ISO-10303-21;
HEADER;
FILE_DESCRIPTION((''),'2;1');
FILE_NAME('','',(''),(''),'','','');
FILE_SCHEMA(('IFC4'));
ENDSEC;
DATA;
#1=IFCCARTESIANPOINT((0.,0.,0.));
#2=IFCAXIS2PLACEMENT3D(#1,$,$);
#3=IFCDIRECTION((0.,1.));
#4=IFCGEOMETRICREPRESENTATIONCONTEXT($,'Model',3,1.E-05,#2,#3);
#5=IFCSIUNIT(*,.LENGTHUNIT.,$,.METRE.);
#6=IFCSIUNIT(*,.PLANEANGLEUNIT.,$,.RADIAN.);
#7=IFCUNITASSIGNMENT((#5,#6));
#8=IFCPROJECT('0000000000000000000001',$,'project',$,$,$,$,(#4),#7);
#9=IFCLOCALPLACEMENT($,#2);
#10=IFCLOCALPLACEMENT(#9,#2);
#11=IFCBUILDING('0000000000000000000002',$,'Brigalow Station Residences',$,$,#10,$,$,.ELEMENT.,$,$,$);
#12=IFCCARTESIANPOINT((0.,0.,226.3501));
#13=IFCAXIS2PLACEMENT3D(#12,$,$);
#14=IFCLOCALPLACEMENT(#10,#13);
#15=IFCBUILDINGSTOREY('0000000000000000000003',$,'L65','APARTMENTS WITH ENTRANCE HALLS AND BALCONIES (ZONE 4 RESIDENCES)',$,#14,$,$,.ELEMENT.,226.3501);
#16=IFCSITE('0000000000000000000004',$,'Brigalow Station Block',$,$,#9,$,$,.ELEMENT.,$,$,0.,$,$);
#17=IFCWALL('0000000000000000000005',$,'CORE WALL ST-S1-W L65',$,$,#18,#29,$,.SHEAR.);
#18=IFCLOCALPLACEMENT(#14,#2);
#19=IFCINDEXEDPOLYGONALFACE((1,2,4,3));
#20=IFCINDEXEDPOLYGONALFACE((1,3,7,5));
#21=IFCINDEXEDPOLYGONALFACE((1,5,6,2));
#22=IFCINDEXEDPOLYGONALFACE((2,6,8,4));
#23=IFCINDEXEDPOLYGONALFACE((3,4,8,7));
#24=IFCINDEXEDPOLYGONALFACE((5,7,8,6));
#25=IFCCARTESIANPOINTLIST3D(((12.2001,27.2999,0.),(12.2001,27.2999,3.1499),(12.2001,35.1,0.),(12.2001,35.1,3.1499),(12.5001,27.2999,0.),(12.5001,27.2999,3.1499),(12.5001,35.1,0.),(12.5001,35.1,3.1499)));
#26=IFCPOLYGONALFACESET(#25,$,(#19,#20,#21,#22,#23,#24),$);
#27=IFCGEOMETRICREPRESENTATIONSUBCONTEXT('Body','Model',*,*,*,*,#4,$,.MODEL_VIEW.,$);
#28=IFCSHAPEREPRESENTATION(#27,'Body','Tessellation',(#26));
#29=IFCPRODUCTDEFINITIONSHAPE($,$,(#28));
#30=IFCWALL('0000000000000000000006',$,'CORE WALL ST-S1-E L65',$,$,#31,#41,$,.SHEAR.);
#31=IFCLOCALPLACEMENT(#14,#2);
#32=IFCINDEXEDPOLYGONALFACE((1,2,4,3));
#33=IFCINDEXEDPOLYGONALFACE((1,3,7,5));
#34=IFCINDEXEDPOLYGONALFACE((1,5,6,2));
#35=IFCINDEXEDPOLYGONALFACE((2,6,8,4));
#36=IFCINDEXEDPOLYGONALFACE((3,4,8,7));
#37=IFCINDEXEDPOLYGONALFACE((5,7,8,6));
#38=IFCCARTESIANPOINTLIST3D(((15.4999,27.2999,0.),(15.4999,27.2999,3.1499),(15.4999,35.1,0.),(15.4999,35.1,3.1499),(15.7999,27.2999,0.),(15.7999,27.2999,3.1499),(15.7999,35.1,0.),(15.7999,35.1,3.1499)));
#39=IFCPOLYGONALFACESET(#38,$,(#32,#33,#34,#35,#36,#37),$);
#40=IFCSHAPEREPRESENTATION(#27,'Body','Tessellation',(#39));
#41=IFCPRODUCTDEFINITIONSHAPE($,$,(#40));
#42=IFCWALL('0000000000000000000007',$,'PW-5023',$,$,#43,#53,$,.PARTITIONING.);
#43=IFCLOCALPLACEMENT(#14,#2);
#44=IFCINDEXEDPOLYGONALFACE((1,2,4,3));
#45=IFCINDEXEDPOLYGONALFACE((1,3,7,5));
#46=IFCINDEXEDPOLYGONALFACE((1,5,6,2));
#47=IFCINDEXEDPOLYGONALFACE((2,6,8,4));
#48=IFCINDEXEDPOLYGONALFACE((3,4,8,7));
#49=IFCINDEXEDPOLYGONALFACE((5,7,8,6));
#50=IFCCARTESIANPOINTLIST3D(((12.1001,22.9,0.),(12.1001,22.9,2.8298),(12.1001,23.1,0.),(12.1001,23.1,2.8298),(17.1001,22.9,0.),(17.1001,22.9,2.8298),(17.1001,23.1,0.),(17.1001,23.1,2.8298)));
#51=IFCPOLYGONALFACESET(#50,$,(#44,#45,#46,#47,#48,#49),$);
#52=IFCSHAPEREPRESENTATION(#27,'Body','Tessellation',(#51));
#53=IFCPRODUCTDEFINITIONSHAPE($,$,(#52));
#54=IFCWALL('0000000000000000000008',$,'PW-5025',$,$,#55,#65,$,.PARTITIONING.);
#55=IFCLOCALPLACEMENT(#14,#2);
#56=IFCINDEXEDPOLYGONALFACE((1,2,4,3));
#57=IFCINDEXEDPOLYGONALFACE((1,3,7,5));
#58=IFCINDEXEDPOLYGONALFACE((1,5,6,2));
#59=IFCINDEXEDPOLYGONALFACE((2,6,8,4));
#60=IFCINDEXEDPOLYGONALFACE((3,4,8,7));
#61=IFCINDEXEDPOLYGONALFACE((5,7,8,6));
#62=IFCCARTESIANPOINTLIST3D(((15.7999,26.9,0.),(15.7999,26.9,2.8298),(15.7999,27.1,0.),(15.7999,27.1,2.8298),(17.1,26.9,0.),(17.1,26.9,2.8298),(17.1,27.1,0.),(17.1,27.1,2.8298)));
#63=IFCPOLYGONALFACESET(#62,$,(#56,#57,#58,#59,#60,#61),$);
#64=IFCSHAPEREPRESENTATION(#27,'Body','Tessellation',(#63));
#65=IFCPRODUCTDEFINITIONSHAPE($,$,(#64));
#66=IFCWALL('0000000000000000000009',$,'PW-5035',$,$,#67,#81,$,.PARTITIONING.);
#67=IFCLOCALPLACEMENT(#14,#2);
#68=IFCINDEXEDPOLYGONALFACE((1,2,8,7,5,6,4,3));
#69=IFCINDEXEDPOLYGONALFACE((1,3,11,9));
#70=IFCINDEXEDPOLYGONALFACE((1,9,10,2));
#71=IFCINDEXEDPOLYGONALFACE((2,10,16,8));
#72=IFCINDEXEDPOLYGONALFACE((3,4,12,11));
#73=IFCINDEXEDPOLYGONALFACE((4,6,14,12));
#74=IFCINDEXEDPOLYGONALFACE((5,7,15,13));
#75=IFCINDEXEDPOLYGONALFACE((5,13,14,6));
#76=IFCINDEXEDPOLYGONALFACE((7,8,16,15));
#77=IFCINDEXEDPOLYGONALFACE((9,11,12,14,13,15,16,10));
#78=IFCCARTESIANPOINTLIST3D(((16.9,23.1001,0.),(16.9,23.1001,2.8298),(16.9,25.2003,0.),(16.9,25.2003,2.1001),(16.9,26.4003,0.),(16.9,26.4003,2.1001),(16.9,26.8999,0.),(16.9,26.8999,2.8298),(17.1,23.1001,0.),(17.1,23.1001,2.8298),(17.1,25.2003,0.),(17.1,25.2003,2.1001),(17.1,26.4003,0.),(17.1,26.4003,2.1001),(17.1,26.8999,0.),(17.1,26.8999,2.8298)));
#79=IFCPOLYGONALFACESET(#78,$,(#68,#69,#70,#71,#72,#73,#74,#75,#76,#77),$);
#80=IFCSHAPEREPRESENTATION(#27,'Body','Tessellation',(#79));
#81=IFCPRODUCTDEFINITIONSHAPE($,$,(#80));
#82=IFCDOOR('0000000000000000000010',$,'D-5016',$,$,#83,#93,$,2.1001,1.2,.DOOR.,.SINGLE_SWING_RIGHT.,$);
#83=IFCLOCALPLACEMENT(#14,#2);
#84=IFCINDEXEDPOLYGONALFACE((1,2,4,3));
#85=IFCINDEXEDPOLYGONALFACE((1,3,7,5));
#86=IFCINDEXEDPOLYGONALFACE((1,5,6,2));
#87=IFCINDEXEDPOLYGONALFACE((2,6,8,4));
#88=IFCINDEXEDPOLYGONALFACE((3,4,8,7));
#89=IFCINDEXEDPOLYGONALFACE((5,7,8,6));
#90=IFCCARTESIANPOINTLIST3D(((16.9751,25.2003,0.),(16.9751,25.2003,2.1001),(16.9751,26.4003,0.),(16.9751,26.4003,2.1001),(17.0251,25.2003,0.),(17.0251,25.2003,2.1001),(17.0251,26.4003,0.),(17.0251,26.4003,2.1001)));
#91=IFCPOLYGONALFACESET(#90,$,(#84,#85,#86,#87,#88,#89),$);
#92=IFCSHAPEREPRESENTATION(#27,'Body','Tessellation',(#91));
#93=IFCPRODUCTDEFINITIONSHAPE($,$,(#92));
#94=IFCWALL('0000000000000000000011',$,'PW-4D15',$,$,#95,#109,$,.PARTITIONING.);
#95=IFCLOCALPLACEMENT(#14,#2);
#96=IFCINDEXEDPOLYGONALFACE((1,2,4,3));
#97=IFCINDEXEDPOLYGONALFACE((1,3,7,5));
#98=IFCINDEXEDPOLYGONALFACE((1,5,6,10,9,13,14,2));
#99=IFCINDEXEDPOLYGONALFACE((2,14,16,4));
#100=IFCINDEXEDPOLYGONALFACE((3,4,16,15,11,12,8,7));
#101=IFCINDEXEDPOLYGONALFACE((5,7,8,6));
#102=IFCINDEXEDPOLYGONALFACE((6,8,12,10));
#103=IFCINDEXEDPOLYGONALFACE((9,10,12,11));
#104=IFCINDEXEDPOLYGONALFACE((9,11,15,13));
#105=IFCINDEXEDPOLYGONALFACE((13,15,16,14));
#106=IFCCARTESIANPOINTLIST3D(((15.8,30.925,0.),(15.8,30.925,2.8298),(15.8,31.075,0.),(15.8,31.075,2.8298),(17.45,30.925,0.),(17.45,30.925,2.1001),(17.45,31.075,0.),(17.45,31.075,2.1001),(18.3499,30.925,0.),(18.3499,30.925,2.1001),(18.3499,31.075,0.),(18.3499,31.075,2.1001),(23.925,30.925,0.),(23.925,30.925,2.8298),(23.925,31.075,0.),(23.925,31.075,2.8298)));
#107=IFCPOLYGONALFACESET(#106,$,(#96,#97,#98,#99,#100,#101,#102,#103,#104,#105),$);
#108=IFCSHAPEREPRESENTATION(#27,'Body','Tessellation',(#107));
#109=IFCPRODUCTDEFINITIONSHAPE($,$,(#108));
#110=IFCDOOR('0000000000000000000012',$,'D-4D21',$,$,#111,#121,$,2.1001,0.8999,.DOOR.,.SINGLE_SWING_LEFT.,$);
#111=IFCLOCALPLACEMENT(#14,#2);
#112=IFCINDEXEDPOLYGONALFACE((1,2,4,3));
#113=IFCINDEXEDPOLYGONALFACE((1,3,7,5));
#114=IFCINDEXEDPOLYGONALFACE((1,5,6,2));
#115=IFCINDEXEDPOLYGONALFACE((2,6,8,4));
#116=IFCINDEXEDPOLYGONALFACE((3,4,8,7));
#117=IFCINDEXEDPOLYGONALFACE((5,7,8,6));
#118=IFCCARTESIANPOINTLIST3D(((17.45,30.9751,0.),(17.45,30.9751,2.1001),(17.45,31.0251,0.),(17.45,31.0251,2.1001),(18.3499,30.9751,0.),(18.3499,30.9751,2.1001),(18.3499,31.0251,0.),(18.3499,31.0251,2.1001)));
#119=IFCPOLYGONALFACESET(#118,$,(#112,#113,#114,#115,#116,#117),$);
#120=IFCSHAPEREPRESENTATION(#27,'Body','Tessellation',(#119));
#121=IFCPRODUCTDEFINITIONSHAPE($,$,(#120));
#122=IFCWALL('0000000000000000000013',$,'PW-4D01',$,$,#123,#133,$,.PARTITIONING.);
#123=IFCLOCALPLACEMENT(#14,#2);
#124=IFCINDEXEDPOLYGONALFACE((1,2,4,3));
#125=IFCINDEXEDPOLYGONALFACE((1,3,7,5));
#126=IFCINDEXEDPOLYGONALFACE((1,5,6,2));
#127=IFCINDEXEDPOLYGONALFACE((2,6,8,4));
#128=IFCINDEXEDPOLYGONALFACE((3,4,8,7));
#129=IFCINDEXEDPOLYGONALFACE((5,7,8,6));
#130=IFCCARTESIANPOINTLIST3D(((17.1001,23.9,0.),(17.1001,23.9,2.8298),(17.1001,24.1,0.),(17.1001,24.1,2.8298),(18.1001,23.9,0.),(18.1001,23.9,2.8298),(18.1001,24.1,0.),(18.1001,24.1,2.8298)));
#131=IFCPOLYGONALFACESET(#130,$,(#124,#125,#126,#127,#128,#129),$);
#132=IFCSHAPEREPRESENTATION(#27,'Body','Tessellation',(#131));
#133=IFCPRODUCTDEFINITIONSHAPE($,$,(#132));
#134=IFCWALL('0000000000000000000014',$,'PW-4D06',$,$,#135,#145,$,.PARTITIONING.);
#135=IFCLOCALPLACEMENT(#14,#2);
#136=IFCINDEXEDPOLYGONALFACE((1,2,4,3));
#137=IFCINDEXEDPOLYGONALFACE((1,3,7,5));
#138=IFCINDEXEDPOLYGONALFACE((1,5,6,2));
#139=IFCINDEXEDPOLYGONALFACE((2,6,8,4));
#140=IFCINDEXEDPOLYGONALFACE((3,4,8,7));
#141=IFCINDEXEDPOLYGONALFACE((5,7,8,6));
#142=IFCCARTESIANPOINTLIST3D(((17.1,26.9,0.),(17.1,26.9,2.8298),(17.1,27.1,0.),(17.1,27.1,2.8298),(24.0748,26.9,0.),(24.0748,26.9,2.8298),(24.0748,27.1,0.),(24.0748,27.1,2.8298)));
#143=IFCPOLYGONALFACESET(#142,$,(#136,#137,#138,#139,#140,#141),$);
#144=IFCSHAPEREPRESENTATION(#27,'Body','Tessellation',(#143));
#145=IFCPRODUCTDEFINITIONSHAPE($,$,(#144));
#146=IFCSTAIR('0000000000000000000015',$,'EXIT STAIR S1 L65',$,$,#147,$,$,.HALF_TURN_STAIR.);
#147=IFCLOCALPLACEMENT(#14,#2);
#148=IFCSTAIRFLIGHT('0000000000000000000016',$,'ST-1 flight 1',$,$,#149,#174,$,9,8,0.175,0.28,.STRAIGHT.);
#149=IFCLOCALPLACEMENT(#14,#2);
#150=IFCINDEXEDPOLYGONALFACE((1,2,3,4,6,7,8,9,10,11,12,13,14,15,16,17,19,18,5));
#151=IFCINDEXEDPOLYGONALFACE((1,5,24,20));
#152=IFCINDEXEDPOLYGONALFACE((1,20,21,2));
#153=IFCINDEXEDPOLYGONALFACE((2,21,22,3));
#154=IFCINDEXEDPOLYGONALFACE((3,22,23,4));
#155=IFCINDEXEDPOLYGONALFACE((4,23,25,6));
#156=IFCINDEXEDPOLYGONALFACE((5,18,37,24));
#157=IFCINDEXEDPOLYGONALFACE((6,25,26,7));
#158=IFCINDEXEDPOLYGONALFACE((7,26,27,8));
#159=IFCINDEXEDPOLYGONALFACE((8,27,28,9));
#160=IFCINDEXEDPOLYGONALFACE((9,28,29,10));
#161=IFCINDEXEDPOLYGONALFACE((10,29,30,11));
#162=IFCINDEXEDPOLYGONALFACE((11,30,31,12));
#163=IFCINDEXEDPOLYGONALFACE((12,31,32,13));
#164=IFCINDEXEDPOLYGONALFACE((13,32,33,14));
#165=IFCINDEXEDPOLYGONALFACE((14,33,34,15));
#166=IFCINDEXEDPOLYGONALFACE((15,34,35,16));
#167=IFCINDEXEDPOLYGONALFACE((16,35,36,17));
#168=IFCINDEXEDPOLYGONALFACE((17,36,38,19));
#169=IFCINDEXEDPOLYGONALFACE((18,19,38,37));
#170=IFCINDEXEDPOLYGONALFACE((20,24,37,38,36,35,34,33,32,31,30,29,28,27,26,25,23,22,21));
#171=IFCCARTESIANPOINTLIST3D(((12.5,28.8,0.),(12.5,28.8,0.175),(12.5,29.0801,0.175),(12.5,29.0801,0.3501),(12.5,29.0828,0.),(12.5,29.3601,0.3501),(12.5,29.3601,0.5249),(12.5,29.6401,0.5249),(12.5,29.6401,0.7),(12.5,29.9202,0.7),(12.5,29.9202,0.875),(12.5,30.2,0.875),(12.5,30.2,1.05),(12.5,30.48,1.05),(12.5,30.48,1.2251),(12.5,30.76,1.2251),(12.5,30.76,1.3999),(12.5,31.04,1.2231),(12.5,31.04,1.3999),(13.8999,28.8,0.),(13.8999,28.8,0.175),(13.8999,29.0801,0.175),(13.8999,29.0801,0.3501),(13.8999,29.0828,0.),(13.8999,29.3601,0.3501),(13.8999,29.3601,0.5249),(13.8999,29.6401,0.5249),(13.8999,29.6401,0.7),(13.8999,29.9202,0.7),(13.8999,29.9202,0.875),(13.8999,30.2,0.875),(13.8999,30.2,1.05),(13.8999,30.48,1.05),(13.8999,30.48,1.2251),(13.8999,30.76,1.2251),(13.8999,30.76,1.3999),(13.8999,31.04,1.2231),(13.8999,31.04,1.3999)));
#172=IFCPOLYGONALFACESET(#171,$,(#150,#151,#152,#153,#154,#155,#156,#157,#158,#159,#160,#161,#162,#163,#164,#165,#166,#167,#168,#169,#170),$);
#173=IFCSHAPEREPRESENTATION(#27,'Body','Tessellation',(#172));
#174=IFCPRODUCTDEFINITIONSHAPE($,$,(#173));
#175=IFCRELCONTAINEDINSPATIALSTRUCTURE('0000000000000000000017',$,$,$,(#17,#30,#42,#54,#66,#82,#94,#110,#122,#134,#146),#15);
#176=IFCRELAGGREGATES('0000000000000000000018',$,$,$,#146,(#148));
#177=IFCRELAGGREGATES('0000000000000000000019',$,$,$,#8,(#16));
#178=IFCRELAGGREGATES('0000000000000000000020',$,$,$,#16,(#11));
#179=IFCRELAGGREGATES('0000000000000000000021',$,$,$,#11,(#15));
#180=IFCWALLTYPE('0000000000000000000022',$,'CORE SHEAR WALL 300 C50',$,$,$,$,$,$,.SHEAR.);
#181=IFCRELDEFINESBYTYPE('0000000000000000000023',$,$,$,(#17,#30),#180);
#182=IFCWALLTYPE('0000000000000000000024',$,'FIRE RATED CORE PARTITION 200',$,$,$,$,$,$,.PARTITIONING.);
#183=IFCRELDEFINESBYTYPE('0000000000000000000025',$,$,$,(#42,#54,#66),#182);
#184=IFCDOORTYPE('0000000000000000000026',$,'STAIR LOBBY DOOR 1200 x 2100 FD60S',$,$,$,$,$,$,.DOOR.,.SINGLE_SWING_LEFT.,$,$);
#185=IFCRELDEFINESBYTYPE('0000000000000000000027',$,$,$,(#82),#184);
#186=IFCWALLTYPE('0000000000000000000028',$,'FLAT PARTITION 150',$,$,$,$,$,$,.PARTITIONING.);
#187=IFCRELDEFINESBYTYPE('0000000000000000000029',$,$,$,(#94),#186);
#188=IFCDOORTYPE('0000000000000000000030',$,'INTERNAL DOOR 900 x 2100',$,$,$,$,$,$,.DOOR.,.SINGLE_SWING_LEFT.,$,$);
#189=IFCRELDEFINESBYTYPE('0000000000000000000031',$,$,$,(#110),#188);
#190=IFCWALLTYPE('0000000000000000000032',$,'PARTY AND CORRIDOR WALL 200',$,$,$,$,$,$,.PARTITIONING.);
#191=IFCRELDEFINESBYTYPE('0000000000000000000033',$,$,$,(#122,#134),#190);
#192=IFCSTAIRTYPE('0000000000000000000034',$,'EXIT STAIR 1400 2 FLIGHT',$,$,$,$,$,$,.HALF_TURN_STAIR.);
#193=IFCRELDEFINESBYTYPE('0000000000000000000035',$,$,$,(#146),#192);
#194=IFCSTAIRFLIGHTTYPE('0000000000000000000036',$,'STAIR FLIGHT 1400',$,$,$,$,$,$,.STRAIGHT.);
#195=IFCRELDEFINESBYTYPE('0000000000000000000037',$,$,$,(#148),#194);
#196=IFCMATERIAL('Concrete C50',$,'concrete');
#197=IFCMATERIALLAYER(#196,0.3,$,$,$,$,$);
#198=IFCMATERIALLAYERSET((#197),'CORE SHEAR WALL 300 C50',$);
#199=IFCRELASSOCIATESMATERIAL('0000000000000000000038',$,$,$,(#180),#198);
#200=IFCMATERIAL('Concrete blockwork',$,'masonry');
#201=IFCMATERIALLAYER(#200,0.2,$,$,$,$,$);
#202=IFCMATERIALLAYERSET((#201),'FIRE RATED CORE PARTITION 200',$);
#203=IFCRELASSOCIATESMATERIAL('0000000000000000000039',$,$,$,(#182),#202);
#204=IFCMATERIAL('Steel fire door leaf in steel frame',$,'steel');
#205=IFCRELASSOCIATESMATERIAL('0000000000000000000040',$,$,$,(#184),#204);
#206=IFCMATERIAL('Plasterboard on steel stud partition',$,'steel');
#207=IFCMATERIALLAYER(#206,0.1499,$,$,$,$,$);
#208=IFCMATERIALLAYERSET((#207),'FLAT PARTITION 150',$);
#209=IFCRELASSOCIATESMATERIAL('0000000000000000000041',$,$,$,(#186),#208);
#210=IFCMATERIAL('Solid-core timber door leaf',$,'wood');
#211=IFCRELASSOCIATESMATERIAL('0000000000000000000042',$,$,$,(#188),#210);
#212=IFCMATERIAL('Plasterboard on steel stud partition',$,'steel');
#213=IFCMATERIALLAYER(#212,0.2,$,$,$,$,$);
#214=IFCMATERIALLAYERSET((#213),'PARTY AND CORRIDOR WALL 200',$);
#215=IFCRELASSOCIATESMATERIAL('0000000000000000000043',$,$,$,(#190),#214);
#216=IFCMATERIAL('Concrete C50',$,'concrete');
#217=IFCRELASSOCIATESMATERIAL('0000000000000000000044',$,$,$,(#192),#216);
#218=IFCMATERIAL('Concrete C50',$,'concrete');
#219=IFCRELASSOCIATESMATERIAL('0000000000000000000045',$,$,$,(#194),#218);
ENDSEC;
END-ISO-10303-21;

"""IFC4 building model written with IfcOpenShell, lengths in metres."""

from ifc_helpers import new_model, si_unit, direction, frame, frame_2d, origin, place, context, subcontext, project, spatial, polyline, rectangle, outline, extrude, material, layer, layer_set, type_object, element, fill, aggregate, save


model = new_model("IFC4")

# Units and contexts
model_context = context("Model", 3, precision=1e-05, world=origin(), true_north=direction((0.0, 1.0)))
body_context = subcontext(model_context, "Body", "Model", "MODEL_VIEW")
ifc_project = project(units=[si_unit("LENGTHUNIT", "METRE"), si_unit("PLANEANGLEUNIT", "RADIAN")], contexts=[model_context])

# Site, building, storey
site_placement = place(None, origin())
site = spatial("IfcSite", under=ifc_project, at=site_placement, Name="Brigalow Station Block", CompositionType="ELEMENT", RefElevation=0.0)
building_placement = place(site_placement, origin())
building = spatial("IfcBuilding", under=site, at=building_placement, Name="Brigalow Station Residences", CompositionType="ELEMENT")
storey_placement = place(building_placement, frame((0.0, 0.0, 226.3501)))
storey = spatial("IfcBuildingStorey", under=building, at=storey_placement, Name="L65", Description="APARTMENTS WITH ENTRANCE HALLS AND BALCONIES (ZONE 4 RESIDENCES)", CompositionType="ELEMENT", Elevation=226.3501)

# Shared definitions
ifc_material_1 = material(Name="Concrete C50", Category="concrete")
ifc_layer_1 = layer(ifc_material_1, 0.3)
ifc_layer_set_1 = layer_set([ifc_layer_1], Name="CORE SHEAR WALL 300 C50")
wall_type_1 = type_object("IfcWallType", Name="CORE SHEAR WALL 300 C50", PredefinedType="SHEAR", material=ifc_layer_set_1)

# Walls
for number, where, z_axis, x_axis, name in (
    (1, (12.3501, 27.3, 0.0), (0.0, 0.0, 1.0), (0.0, 1.0, 0.0), "CORE WALL ST-S1-W L65"),
    (2, (15.6499, 27.3, 0.0), (0.0, 0.0, 1.0), (0.0, 1.0, 0.0), "CORE WALL ST-S1-E L65"),
):
    element("IfcWall", number, at=place(storey_placement, frame(where, z_axis=z_axis, x_axis=x_axis)), inside=storey, type_object=wall_type_1, Name=name, PredefinedType="SHEAR", context=body_context, shape_type="SweptSolid", body=[
        extrude(rectangle(XDim=7.8, YDim=0.3, at=frame_2d((3.8999, 0.0))), origin(), (0.0, 0.0, 1.0), 3.1499),
    ])
ifc_material_2 = material(Name="Concrete blockwork", Category="masonry")
ifc_layer_2 = layer(ifc_material_2, 0.2)
ifc_layer_set_2 = layer_set([ifc_layer_2], Name="FIRE RATED CORE PARTITION 200")
wall_type_2 = type_object("IfcWallType", Name="FIRE RATED CORE PARTITION 200", PredefinedType="PARTITIONING", material=ifc_layer_set_2)
wall_1_placement = place(storey_placement, frame((12.1001, 23.0, 0.0), z_axis=(0.0, 0.0, 1.0), x_axis=(1.0, 0.0, 0.0)))
element("IfcWall", 3, at=wall_1_placement, inside=storey, type_object=wall_type_2, Name="PW-5023", PredefinedType="PARTITIONING", context=body_context, shape_type="SweptSolid", body=[
    extrude(rectangle(XDim=5.0, YDim=0.2, at=frame_2d((2.5, 0.0))), origin(), (0.0, 0.0, 1.0), 2.8298),
])
wall_2_placement = place(storey_placement, frame((15.8, 27.0, 0.0), z_axis=(0.0, 0.0, 1.0), x_axis=(1.0, 0.0, 0.0)))
element("IfcWall", 4, at=wall_2_placement, inside=storey, type_object=wall_type_2, Name="PW-5025", PredefinedType="PARTITIONING", context=body_context, shape_type="SweptSolid", body=[
    extrude(rectangle(XDim=1.3, YDim=0.2, at=frame_2d((0.6499, 0.0))), origin(), (0.0, 0.0, 1.0), 2.8298),
])

# Walls, openings, doors
wall_3_placement = place(storey_placement, frame((17.0, 23.1001, 0.0), z_axis=(0.0, 0.0, 1.0), x_axis=(0.0, 1.0, 0.0)))
wall_3 = element("IfcWall", 5, at=wall_3_placement, inside=storey, type_object=wall_type_2, Name="PW-5035", PredefinedType="PARTITIONING", context=body_context, shape_type="SweptSolid", body=[
    extrude(rectangle(XDim=3.7998, YDim=0.2, at=frame_2d((1.8999, 0.0))), origin(), (0.0, 0.0, 1.0), 2.8298),
])
opening_1_placement = place(wall_3_placement, frame((2.1001, 0.0, 0.0)))
opening_1 = element("IfcOpeningElement", 6, at=opening_1_placement, cuts=wall_3, PredefinedType="OPENING", context=body_context, shape_type="SweptSolid", body=[
    extrude(rectangle(XDim=1.2, YDim=2.1001, at=frame_2d((0.6001, 1.05))), frame((0.0, 0.1099, 0.0), z_axis=(0.0, -1.0, 0.0), x_axis=(1.0, 0.0, 0.0)), (0.0, 0.0, 1.0), 0.22),
])
ifc_material_3 = material(Name="Steel fire door leaf in steel frame", Category="steel")
door_type_1 = type_object("IfcDoorType", Name="STAIR LOBBY DOOR 1200 x 2100 FD60S", OperationType="SINGLE_SWING_LEFT", PredefinedType="DOOR", material=ifc_material_3)
door_1_placement = place(opening_1_placement, origin())
door_1 = element("IfcDoor", 7, at=door_1_placement, inside=storey, type_object=door_type_1, Name="D-5016", OperationType="SINGLE_SWING_RIGHT", OverallHeight=2.1001, OverallWidth=1.2, PredefinedType="DOOR", context=body_context, shape_type="SweptSolid", body=[
    extrude(rectangle(XDim=1.2, YDim=2.1001, at=frame_2d((0.6001, 1.05))), frame((0.0, 0.0249, 0.0), z_axis=(0.0, -1.0, 0.0), x_axis=(1.0, 0.0, 0.0)), (0.0, 0.0, 1.0), 0.05),
])
fill(opening_1, door_1)
ifc_material_4 = material(Name="Plasterboard on steel stud partition", Category="steel")
ifc_layer_3 = layer(ifc_material_4, 0.1499)
ifc_layer_set_3 = layer_set([ifc_layer_3], Name="FLAT PARTITION 150")
wall_type_3 = type_object("IfcWallType", Name="FLAT PARTITION 150", PredefinedType="PARTITIONING", material=ifc_layer_set_3)
wall_4_placement = place(storey_placement, frame((15.8, 31.0, 0.0), z_axis=(0.0, 0.0, 1.0), x_axis=(1.0, 0.0, 0.0)))
wall_4 = element("IfcWall", 8, at=wall_4_placement, inside=storey, type_object=wall_type_3, Name="PW-4D15", PredefinedType="PARTITIONING", context=body_context, shape_type="SweptSolid", body=[
    extrude(rectangle(XDim=8.125, YDim=0.1499, at=frame_2d((4.0625, 0.0))), origin(), (0.0, 0.0, 1.0), 2.8298),
])
opening_2_placement = place(wall_4_placement, frame((1.6499, 0.0, 0.0)))
opening_2 = element("IfcOpeningElement", 9, at=opening_2_placement, cuts=wall_4, PredefinedType="OPENING", context=body_context, shape_type="SweptSolid", body=[
    extrude(rectangle(XDim=0.8999, YDim=2.1001, at=frame_2d((0.45, 1.05))), frame((0.0, 0.085, 0.0), z_axis=(0.0, -1.0, 0.0), x_axis=(1.0, 0.0, 0.0)), (0.0, 0.0, 1.0), 0.1699),
])
ifc_material_5 = material(Name="Solid-core timber door leaf", Category="wood")
door_type_2 = type_object("IfcDoorType", Name="INTERNAL DOOR 900 x 2100", OperationType="SINGLE_SWING_LEFT", PredefinedType="DOOR", material=ifc_material_5)
door_2_placement = place(opening_2_placement, frame((0.8999, 0.0, 0.0), z_axis=(0.0, 0.0, 1.0), x_axis=(-1.0, 0.0, 0.0)))
door_2 = element("IfcDoor", 10, at=door_2_placement, inside=storey, type_object=door_type_2, Name="D-4D21", OperationType="SINGLE_SWING_LEFT", OverallHeight=2.1001, OverallWidth=0.8999, PredefinedType="DOOR", context=body_context, shape_type="SweptSolid", body=[
    extrude(rectangle(XDim=0.8999, YDim=2.1001, at=frame_2d((0.45, 1.05))), frame((0.0, 0.0249, 0.0), z_axis=(0.0, -1.0, 0.0), x_axis=(1.0, 0.0, 0.0)), (0.0, 0.0, 1.0), 0.05),
])
fill(opening_2, door_2)

# Walls
ifc_material_6 = material(Name="Plasterboard on steel stud partition", Category="steel")
ifc_layer_4 = layer(ifc_material_6, 0.2)
ifc_layer_set_4 = layer_set([ifc_layer_4], Name="PARTY AND CORRIDOR WALL 200")
wall_type_4 = type_object("IfcWallType", Name="PARTY AND CORRIDOR WALL 200", PredefinedType="PARTITIONING", material=ifc_layer_set_4)
wall_5_placement = place(storey_placement, frame((17.1001, 24.0, 0.0), z_axis=(0.0, 0.0, 1.0), x_axis=(1.0, 0.0, 0.0)))
element("IfcWall", 11, at=wall_5_placement, inside=storey, type_object=wall_type_4, Name="PW-4D01", PredefinedType="PARTITIONING", context=body_context, shape_type="SweptSolid", body=[
    extrude(rectangle(XDim=1.0, YDim=0.2, at=frame_2d((0.5, 0.0))), origin(), (0.0, 0.0, 1.0), 2.8298),
])
wall_6_placement = place(storey_placement, frame((17.1001, 27.0, 0.0), z_axis=(0.0, 0.0, 1.0), x_axis=(1.0, 0.0, 0.0)))
element("IfcWall", 12, at=wall_6_placement, inside=storey, type_object=wall_type_4, Name="PW-4D06", PredefinedType="PARTITIONING", context=body_context, shape_type="SweptSolid", body=[
    extrude(rectangle(XDim=6.9749, YDim=0.2, at=frame_2d((3.4873, 0.0))), origin(), (0.0, 0.0, 1.0), 2.8298),
])

# Stair, stair flight
ifc_material_7 = material(Name="Concrete C50", Category="concrete")
stair_type = type_object("IfcStairType", Name="EXIT STAIR 1400 2 FLIGHT", PredefinedType="HALF_TURN_STAIR", material=ifc_material_7)
stair_placement = place(storey_placement, origin())
stair = element("IfcStair", 13, at=stair_placement, inside=storey, type_object=stair_type, Name="EXIT STAIR S1 L65", PredefinedType="HALF_TURN_STAIR")
ifc_material_8 = material(Name="Concrete C50", Category="concrete")
stair_flight_type = type_object("IfcStairFlightType", Name="STAIR FLIGHT 1400", PredefinedType="STRAIGHT", material=ifc_material_8)
stair_flight_placement = place(storey_placement, frame((13.2, 28.8, 0.0), z_axis=(0.0, 0.0, 1.0), x_axis=(0.0, 1.0, 0.0)))
stair_flight = element("IfcStairFlight", 14, at=stair_flight_placement, type_object=stair_flight_type, Name="ST-1 flight 1", NumberOfRisers=9, NumberOfTreads=8, PredefinedType="STRAIGHT", RiserHeight=0.175, TreadLength=0.28, context=body_context, shape_type="SweptSolid", body=[
    extrude(outline(polyline([(0.0, 0.0), (0.0, 0.175), (0.28, 0.175), (0.28, 0.3501), (0.5601, 0.3501), (0.5601, 0.5249), (0.8401, 0.5249), (0.8401, 0.7), (1.1201, 0.7), (1.1201, 0.875), (1.3999, 0.875), (1.3999, 1.05), (1.6799, 1.05), (1.6799, 1.2251), (1.96, 1.2251), (1.96, 1.3999), (2.24, 1.3999), (2.24, 1.575), (2.24, 1.2231), (0.2827, 0.0), (0.0, 0.0)])), frame((0.0, 0.7, 0.0), z_axis=(0.0, -1.0, 0.0), x_axis=(1.0, 0.0, 0.0)), (0.0, 0.0, 1.0), 1.3999),
])
aggregate(stair, [stair_flight])

save(model, "model.ifc")
